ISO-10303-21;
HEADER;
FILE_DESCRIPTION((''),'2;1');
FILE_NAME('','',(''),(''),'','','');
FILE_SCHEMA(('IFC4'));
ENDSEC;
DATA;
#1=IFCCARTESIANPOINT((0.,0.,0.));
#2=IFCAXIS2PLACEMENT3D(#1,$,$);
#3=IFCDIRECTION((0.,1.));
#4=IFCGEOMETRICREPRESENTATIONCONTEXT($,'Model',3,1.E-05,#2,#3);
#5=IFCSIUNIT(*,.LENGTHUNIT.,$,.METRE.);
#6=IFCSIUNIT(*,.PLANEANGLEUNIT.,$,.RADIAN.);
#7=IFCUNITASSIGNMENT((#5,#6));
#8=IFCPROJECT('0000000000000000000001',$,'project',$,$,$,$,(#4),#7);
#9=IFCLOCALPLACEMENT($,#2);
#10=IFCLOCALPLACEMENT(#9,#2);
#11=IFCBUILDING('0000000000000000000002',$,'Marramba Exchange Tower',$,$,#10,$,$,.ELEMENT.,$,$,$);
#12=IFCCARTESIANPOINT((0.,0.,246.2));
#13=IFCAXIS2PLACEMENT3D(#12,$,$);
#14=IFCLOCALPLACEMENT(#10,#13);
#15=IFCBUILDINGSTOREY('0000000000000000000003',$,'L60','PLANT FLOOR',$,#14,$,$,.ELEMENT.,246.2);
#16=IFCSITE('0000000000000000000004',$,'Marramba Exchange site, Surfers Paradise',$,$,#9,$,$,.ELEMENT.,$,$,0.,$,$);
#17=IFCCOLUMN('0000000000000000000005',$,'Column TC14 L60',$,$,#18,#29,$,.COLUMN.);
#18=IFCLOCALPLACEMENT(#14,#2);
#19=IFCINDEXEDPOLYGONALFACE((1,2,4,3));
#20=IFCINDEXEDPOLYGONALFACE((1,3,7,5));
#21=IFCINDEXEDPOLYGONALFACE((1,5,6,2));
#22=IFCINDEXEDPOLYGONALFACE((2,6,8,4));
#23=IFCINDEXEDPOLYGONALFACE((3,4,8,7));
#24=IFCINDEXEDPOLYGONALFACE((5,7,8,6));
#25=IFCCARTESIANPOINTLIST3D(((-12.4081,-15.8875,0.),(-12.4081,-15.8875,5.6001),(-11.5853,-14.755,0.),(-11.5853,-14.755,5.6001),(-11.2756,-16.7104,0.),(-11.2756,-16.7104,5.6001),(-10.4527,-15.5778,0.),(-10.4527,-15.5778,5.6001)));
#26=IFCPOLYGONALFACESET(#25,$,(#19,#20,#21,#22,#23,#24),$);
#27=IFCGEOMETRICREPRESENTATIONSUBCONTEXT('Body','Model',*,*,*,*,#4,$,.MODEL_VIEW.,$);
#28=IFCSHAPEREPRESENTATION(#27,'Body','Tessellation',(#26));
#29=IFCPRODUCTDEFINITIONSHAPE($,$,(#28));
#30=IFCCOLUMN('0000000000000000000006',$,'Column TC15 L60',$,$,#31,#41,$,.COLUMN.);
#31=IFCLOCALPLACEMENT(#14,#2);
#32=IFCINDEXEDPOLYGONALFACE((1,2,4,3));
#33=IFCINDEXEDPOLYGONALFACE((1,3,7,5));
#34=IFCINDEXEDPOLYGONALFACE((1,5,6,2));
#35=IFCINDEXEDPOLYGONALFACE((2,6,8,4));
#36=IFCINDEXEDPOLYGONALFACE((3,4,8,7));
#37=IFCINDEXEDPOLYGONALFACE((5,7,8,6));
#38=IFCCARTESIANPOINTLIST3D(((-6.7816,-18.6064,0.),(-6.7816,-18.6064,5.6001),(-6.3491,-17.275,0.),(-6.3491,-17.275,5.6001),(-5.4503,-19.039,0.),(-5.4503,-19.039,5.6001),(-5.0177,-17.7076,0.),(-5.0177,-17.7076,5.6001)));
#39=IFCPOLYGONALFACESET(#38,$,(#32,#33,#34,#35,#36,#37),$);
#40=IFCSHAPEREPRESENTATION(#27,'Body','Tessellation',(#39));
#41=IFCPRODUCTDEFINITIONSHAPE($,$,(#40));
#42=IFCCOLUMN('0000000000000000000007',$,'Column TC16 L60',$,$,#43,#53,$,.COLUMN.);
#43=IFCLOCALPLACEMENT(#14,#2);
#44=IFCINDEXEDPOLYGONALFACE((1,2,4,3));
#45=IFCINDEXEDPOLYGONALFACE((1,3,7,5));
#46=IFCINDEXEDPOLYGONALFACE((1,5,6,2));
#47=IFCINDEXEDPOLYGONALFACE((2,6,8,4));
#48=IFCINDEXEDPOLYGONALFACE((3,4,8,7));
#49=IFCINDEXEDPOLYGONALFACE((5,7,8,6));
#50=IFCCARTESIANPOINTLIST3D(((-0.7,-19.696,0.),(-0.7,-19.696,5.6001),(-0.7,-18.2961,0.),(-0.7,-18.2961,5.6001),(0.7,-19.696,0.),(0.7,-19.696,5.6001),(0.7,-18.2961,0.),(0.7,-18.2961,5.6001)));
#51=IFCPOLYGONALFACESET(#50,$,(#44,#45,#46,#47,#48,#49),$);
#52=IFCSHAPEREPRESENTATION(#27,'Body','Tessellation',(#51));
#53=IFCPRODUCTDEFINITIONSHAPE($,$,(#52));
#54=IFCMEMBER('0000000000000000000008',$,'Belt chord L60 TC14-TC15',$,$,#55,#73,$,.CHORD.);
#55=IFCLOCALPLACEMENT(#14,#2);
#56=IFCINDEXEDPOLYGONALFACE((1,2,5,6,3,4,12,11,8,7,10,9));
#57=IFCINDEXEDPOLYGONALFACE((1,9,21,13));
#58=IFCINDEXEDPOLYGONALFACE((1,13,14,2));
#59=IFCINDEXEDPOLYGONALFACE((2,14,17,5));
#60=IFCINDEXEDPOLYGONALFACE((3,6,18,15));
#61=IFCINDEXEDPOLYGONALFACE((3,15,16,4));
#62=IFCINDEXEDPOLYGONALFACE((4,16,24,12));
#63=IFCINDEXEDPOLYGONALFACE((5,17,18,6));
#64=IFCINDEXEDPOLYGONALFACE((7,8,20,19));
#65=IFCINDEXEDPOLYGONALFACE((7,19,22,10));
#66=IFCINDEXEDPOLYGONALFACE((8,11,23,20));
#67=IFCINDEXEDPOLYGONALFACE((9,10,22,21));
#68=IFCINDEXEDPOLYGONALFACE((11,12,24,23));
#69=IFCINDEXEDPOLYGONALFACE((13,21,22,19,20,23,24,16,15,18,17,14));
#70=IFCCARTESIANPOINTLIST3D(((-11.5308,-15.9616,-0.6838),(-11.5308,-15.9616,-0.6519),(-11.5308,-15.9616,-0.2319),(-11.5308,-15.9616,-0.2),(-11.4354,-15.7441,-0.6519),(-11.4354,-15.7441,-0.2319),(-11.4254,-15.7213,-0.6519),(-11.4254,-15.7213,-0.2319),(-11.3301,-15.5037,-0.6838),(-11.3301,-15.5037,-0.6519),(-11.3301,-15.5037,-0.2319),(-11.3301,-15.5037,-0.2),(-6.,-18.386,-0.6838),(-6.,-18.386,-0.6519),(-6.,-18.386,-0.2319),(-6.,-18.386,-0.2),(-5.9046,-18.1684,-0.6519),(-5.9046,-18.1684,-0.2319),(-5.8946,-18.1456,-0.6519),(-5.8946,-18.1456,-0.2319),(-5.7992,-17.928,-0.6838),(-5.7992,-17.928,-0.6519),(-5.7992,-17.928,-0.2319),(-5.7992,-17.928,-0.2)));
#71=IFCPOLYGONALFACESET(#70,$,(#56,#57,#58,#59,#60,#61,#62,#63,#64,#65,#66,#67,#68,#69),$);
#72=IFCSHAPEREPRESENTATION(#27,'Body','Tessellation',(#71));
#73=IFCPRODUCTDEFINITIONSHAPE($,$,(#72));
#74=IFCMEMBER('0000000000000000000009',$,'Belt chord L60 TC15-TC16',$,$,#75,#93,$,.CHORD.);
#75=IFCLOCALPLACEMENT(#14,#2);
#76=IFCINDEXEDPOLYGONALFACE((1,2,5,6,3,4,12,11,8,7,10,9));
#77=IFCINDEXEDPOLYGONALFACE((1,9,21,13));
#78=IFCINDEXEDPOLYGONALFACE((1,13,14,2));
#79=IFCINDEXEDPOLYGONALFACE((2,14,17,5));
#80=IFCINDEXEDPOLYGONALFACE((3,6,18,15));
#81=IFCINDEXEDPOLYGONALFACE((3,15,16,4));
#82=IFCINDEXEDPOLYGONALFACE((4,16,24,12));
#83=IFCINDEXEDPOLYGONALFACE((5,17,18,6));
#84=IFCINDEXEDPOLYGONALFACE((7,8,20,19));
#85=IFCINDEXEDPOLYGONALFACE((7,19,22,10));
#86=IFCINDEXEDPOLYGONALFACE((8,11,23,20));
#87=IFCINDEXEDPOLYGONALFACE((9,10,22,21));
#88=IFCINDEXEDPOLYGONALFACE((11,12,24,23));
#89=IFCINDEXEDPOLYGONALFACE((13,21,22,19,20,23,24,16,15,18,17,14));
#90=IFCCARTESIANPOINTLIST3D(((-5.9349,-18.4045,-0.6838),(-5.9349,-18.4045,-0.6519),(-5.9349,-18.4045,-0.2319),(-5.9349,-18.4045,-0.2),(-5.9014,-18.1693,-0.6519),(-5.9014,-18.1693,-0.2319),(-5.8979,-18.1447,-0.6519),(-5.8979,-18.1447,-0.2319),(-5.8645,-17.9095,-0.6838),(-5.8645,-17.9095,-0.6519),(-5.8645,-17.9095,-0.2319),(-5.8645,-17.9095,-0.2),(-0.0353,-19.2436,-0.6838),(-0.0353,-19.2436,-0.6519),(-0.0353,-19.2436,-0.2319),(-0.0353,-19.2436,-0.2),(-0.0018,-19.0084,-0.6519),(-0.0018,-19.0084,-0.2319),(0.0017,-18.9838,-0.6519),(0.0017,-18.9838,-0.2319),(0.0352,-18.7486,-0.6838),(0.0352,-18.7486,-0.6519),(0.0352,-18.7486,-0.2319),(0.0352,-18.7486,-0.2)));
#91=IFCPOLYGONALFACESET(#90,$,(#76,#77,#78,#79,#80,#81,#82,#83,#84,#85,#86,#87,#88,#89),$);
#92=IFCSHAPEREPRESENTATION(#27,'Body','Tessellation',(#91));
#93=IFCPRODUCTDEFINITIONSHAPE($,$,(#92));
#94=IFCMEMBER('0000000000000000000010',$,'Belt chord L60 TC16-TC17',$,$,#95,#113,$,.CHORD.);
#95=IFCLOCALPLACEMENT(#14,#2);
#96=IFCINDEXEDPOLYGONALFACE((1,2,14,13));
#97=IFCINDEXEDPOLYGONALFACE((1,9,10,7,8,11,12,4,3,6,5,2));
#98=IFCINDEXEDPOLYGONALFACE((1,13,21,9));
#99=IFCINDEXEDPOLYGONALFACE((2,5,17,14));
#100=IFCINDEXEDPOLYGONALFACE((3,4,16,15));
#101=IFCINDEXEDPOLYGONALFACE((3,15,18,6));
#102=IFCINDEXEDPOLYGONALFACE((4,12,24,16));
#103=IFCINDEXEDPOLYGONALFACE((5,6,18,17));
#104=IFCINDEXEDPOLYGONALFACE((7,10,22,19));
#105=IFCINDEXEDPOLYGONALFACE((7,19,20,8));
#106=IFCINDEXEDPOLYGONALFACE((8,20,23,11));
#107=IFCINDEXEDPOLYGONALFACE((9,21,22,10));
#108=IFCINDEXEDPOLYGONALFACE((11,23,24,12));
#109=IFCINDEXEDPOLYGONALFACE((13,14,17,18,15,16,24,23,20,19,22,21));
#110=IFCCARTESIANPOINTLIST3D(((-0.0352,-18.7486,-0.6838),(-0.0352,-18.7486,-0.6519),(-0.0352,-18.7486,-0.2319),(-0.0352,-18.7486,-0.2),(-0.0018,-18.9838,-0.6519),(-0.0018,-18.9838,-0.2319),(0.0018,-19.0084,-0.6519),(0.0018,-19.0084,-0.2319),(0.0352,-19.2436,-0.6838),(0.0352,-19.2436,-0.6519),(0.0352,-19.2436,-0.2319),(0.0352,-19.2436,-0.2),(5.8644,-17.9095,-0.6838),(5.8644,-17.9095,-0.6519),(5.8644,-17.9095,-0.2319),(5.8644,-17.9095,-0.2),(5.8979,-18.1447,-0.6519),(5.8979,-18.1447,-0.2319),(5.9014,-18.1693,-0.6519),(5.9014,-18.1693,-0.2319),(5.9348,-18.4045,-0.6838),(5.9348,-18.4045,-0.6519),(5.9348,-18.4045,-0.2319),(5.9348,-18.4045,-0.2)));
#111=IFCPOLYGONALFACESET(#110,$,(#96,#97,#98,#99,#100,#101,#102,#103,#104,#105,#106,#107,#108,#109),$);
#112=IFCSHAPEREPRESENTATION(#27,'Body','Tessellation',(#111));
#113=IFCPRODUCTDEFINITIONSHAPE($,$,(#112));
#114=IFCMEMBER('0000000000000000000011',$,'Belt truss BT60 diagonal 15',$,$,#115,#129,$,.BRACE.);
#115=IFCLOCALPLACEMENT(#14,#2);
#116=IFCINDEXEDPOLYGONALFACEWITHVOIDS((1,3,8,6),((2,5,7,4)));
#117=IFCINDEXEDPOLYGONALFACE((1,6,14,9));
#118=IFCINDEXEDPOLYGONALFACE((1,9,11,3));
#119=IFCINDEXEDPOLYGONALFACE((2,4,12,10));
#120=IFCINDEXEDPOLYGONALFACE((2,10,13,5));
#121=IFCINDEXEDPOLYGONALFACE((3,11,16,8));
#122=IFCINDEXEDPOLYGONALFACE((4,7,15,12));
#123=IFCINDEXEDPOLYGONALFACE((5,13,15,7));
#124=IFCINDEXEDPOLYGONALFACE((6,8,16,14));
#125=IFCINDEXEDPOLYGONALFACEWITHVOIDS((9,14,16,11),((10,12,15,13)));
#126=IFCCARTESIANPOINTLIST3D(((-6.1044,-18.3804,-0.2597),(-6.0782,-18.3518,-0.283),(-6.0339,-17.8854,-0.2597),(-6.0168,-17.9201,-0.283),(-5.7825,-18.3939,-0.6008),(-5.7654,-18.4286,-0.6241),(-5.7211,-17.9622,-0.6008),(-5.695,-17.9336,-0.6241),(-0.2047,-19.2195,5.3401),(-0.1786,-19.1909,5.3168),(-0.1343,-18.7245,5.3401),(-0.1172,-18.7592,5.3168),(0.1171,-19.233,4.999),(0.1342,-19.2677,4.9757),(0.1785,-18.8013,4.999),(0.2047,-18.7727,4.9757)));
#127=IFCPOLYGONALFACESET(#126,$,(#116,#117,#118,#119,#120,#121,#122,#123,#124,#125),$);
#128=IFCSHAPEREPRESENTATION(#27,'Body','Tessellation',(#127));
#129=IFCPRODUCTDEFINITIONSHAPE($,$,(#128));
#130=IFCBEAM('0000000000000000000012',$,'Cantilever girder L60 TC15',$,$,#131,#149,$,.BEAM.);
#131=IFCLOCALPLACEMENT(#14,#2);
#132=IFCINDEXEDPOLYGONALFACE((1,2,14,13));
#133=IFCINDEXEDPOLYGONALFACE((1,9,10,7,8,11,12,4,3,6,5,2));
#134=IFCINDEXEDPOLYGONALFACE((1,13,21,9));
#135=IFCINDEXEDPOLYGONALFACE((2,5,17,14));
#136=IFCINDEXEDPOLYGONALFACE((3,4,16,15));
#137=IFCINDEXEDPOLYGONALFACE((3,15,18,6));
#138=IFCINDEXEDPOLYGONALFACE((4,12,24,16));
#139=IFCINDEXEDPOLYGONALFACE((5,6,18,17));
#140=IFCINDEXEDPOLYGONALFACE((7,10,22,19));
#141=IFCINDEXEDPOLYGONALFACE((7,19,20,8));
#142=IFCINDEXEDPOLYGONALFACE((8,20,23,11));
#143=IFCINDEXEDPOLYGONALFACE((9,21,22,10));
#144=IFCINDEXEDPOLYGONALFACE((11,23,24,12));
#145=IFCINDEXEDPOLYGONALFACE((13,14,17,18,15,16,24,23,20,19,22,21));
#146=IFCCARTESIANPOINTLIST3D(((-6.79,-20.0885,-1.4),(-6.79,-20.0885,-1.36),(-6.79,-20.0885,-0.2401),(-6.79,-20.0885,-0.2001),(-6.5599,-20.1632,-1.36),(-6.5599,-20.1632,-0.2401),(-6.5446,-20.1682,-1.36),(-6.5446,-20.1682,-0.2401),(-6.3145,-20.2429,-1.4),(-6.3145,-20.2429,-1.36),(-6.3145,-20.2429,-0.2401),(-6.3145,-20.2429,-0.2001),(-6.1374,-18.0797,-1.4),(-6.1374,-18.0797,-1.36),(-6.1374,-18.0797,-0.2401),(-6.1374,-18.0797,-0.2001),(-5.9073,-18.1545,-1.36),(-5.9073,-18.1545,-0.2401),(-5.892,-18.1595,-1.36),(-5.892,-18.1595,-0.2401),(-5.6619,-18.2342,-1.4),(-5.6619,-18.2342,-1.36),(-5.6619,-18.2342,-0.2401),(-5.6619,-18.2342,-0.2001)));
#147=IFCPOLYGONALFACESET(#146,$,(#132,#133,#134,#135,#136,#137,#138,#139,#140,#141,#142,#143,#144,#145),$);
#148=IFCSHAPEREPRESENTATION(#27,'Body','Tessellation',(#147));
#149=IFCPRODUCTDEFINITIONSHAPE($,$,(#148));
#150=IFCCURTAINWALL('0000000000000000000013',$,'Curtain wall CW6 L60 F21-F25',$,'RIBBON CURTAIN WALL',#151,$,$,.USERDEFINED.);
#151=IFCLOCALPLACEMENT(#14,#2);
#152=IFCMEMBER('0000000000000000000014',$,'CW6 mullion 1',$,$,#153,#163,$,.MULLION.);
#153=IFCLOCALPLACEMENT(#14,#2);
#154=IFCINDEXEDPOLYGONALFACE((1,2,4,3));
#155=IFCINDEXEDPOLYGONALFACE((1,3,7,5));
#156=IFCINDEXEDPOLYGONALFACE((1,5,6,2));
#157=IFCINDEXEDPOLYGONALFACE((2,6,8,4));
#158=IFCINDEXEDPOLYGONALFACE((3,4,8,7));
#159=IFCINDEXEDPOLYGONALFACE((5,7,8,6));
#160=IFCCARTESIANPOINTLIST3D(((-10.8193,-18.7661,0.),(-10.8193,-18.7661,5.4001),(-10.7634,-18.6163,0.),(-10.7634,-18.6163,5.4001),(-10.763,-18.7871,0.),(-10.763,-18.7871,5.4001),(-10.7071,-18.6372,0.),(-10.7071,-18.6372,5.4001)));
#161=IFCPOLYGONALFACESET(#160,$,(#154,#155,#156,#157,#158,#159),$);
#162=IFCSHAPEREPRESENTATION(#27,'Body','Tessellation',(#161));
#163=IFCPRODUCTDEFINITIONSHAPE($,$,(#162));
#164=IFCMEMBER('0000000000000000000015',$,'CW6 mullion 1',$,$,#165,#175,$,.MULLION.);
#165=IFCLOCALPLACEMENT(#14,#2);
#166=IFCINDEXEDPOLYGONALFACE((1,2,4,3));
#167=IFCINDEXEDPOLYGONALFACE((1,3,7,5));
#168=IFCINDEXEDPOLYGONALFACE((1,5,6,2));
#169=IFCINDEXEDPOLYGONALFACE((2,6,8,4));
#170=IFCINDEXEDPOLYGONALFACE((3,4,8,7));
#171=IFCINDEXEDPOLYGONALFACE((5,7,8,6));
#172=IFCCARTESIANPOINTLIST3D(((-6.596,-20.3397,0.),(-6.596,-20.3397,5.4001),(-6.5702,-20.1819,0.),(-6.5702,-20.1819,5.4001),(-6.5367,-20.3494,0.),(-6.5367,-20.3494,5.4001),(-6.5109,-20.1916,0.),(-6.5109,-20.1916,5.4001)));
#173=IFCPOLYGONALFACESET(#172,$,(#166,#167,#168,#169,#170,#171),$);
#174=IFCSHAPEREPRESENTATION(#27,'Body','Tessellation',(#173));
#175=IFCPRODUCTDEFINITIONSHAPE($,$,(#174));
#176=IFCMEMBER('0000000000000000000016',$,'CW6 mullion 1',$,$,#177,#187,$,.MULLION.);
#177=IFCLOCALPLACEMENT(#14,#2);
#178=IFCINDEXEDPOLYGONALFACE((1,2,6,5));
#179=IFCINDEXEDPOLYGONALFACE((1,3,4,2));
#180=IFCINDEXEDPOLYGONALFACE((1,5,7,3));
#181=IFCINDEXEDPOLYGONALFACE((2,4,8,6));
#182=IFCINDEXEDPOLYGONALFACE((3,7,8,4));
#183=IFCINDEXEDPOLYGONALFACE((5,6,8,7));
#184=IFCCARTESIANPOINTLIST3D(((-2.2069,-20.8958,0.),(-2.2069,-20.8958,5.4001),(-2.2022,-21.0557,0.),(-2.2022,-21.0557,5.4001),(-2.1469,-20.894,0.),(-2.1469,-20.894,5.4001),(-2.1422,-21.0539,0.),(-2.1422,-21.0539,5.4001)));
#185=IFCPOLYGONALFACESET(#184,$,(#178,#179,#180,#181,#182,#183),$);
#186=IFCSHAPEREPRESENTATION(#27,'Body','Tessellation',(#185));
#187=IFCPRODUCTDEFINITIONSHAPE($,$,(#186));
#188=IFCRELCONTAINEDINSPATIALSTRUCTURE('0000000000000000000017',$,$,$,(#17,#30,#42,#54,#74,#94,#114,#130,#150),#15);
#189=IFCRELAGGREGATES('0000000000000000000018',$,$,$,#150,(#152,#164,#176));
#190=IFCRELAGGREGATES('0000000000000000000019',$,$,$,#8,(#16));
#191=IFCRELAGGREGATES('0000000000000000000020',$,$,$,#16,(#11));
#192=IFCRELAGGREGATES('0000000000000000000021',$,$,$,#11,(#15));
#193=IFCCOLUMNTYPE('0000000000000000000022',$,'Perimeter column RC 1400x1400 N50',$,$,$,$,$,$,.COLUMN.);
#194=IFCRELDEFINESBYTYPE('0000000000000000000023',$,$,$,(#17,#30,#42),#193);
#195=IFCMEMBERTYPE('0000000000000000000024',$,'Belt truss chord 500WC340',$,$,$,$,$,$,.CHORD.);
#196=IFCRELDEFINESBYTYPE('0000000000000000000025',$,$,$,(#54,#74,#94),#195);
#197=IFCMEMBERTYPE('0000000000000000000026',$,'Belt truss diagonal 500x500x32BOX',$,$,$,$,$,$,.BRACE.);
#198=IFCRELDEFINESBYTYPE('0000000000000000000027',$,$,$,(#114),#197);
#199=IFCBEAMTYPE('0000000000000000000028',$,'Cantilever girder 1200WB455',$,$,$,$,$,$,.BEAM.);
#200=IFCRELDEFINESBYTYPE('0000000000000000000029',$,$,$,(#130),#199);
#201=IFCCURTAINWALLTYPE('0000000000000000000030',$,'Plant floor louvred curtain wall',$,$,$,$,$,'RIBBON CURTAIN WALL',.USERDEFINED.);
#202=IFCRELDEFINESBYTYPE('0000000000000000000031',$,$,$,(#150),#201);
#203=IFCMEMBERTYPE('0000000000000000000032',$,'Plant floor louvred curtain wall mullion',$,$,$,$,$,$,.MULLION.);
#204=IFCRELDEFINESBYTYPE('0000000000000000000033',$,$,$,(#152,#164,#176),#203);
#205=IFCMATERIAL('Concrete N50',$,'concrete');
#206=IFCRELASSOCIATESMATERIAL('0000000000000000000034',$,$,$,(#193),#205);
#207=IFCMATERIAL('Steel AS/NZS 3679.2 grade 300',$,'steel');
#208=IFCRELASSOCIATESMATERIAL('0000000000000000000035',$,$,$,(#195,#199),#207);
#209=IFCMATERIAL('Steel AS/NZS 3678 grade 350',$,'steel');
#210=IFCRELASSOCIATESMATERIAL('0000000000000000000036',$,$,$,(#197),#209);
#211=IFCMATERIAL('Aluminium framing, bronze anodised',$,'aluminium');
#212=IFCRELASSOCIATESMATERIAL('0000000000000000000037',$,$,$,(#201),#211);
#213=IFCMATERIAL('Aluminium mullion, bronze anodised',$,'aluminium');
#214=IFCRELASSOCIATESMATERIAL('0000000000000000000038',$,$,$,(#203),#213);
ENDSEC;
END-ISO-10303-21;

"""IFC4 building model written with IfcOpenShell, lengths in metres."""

from ifc_helpers import new_model, si_unit, direction, frame, origin, origin_2d, place, context, subcontext, project, spatial, rectangle, hollow_rectangle, i_section, extrude, material, material_profile, profile_set, type_object, element, aggregate, save


model = new_model("IFC4")

# Units and contexts
model_context = context("Model", 3, precision=1e-05, world=origin(), true_north=direction((0.0, 1.0)))
body_context = subcontext(model_context, "Body", "Model", "MODEL_VIEW")
ifc_project = project(units=[si_unit("LENGTHUNIT", "METRE"), si_unit("PLANEANGLEUNIT", "RADIAN")], contexts=[model_context])

# Site, building, storey
site_placement = place(None, origin())
site = spatial("IfcSite", under=ifc_project, at=site_placement, Name="Marramba Exchange site, Surfers Paradise", CompositionType="ELEMENT", RefElevation=0.0)
building_placement = place(site_placement, origin())
building = spatial("IfcBuilding", under=site, at=building_placement, Name="Marramba Exchange Tower", CompositionType="ELEMENT")
storey_placement = place(building_placement, frame((0.0, 0.0, 246.2)))
storey = spatial("IfcBuildingStorey", under=building, at=storey_placement, Name="L60", Description="PLANT FLOOR", CompositionType="ELEMENT", Elevation=246.2)

# Columns
ifc_material_1 = material(Name="Concrete N50", Category="concrete")
ifc_material_profile_1 = material_profile(ifc_material_1, rectangle(XDim=1.3999, YDim=1.3999, at=origin_2d()), Name="RC 1400x1400")
ifc_profile_set_1 = profile_set([ifc_material_profile_1], Name="Concrete N50")
column_type = type_object("IfcColumnType", Name="Perimeter column RC 1400x1400 N50", PredefinedType="COLUMN", material=ifc_profile_set_1)
for number, where, z_axis, x_axis, name in (
    (1, (-11.4304, -15.7327, 0.0), (0.0, 0.0, 1.0), (-0.587785, -0.809017, 0.0), "Column TC14 L60"),
    (2, (-5.8997, -18.157, 0.0), (0.0, 0.0, 1.0), (-0.309017, -0.951057, 0.0), "Column TC15 L60"),
    (3, (0.0, -18.9961, 0.0), (0.0, 0.0, 1.0), (0.0, -1.0, 0.0), "Column TC16 L60"),
):
    element("IfcColumn", number, at=place(storey_placement, frame(where, z_axis=z_axis, x_axis=x_axis)), inside=storey, type_object=column_type, Name=name, PredefinedType="COLUMN", context=body_context, shape_type="SweptSolid", body=[
        extrude(rectangle(XDim=1.3999, YDim=1.3999, at=origin_2d()), origin(), (0.0, 0.0, 1.0), 5.6001),
    ])

# Members
ifc_material_2 = material(Name="Steel AS/NZS 3679.2 grade 300", Category="steel")
ifc_material_profile_2 = material_profile(ifc_material_2, i_section(OverallWidth=0.5, OverallDepth=0.4839, WebThickness=0.0249, FlangeThickness=0.032, at=origin_2d()), Name="500WC340")
ifc_profile_set_2 = profile_set([ifc_material_profile_2], Name="Steel AS/NZS 3679.2 grade 300")
member_type_1 = type_object("IfcMemberType", Name="Belt truss chord 500WC340", PredefinedType="CHORD", material=ifc_profile_set_2)
member_1_placement = place(storey_placement, frame((-11.4304, -15.7327, -0.4419), z_axis=(0.915877, -0.401459, 0.0), x_axis=(0.401459, 0.915877, 0.0)))
element("IfcMember", 4, at=member_1_placement, inside=storey, type_object=member_type_1, Name="Belt chord L60 TC14-TC15", PredefinedType="CHORD", context=body_context, shape_type="SweptSolid", body=[
    extrude(i_section(OverallWidth=0.5, OverallDepth=0.4839, WebThickness=0.0249, FlangeThickness=0.032, at=origin_2d()), origin(), (0.0, 0.0, 1.0), 6.0388),
])
for number, where, z_axis, x_axis, name in (
    (5, (-5.8997, -18.157, -0.4419), (0.990036, -0.140813, 0.0), (0.140813, 0.990036, 0.0), "Belt chord L60 TC15-TC16"),
    (6, (0.0, -18.9961, -0.4419), (0.990036, 0.140813, 0.0), (-0.140813, 0.990036, 0.0), "Belt chord L60 TC16-TC17"),
):
    element("IfcMember", number, at=place(storey_placement, frame(where, z_axis=z_axis, x_axis=x_axis)), inside=storey, type_object=member_type_1, Name=name, PredefinedType="CHORD", context=body_context, shape_type="SweptSolid", body=[
        extrude(i_section(OverallWidth=0.5, OverallDepth=0.4839, WebThickness=0.0249, FlangeThickness=0.032, at=origin_2d()), origin(), (0.0, 0.0, 1.0), 5.959),
    ])
ifc_material_3 = material(Name="Steel AS/NZS 3678 grade 350", Category="steel")
ifc_material_profile_3 = material_profile(ifc_material_3, hollow_rectangle(XDim=0.5, YDim=0.5, WallThickness=0.032, at=origin_2d()), Name="500x500x32BOX")
ifc_profile_set_3 = profile_set([ifc_material_profile_3], Name="Steel AS/NZS 3678 grade 350")
member_type_2 = type_object("IfcMemberType", Name="Belt truss diagonal 500x500x32BOX", PredefinedType="BRACE", material=ifc_profile_set_3)
member_2_placement = place(storey_placement, frame((-5.8997, -18.157, -0.4419), z_axis=(0.721467, -0.102615, 0.684804), x_axis=(0.140813, 0.990036, 0.0)))
element("IfcMember", 7, at=member_2_placement, inside=storey, type_object=member_type_2, Name="Belt truss BT60 diagonal 15", PredefinedType="BRACE", context=body_context, shape_type="SweptSolid", body=[
    extrude(hollow_rectangle(XDim=0.5, YDim=0.5, WallThickness=0.032, at=origin_2d()), origin(), (0.0, 0.0, 1.0), 8.1772),
])

# Beam
ifc_material_profile_4 = material_profile(ifc_material_2, i_section(OverallWidth=0.5, OverallDepth=1.2, WebThickness=0.0161, FlangeThickness=0.04, at=origin_2d()), Name="1200WB455")
ifc_profile_set_4 = profile_set([ifc_material_profile_4], Name="Steel AS/NZS 3679.2 grade 300")
beam_type_1 = type_object("IfcBeamType", Name="Cantilever girder 1200WB455", PredefinedType="BEAM", material=ifc_profile_set_4)
beam_1_placement = place(storey_placement, frame((-5.8997, -18.157, -0.8), z_axis=(-0.308971, -0.951071, 0.0), x_axis=(0.951071, -0.308971, 0.0)))
element("IfcBeam", 8, at=beam_1_placement, inside=storey, type_object=beam_type_1, Name="Cantilever girder L60 TC15", PredefinedType="BEAM", context=body_context, shape_type="SweptSolid", body=[
    extrude(i_section(OverallWidth=0.5, OverallDepth=1.2, WebThickness=0.0161, FlangeThickness=0.04, at=origin_2d()), origin(), (0.0, 0.0, 1.0), 2.1121),
])

# Curtain wall, members
ifc_material_4 = material(Name="Aluminium framing, bronze anodised", Category="aluminium")
curtain_wall_type = type_object("IfcCurtainWallType", Name="Plant floor louvred curtain wall", ElementType="RIBBON CURTAIN WALL", PredefinedType="USERDEFINED", material=ifc_material_4)
curtain_wall_1_placement = place(storey_placement, origin())
curtain_wall_1 = element("IfcCurtainWall", 9, at=curtain_wall_1_placement, inside=storey, type_object=curtain_wall_type, Name="Curtain wall CW6 L60 F21-F25", ObjectType="RIBBON CURTAIN WALL", PredefinedType="USERDEFINED")
ifc_material_5 = material(Name="Aluminium mullion, bronze anodised", Category="aluminium")
ifc_material_profile_5 = material_profile(ifc_material_5, rectangle(XDim=0.1599, YDim=0.0601, at=origin_2d()), Name="CW6 mullion 60x160")
ifc_profile_set_5 = profile_set([ifc_material_profile_5], Name="Aluminium mullion, bronze anodised")
member_type_3 = type_object("IfcMemberType", Name="Plant floor louvred curtain wall mullion", PredefinedType="MULLION", material=ifc_profile_set_5)
member_3_placement = place(storey_placement, frame((-10.7632, -18.7017, 0.0), z_axis=(0.0, 0.0, 1.0), x_axis=(0.349459, 0.936952, 0.0)))
member_3 = element("IfcMember", 10, at=member_3_placement, type_object=member_type_3, Name="CW6 mullion 1", PredefinedType="MULLION", context=body_context, shape_type="SweptSolid", body=[
    extrude(rectangle(XDim=0.1599, YDim=0.0601, at=origin_2d()), origin(), (0.0, 0.0, 1.0), 5.4001),
])
member_4_placement = place(storey_placement, frame((-6.5535, -20.2656, 0.0), z_axis=(0.0, 0.0, 1.0), x_axis=(0.161146, 0.986931, 0.0)))
member_4 = element("IfcMember", 11, at=member_4_placement, type_object=member_type_3, Name="CW6 mullion 1", PredefinedType="MULLION", context=body_context, shape_type="SweptSolid", body=[
    extrude(rectangle(XDim=0.1599, YDim=0.0601, at=origin_2d()), origin(), (0.0, 0.0, 1.0), 5.4001),
])
member_5_placement = place(storey_placement, frame((-2.1746, -20.9749, 0.0), z_axis=(0.0, 0.0, 1.0), x_axis=(-0.029393, 0.999568, 0.0)))
member_5 = element("IfcMember", 12, at=member_5_placement, type_object=member_type_3, Name="CW6 mullion 1", PredefinedType="MULLION", context=body_context, shape_type="SweptSolid", body=[
    extrude(rectangle(XDim=0.1599, YDim=0.0601, at=origin_2d()), origin(), (0.0, 0.0, 1.0), 5.4001),
])

aggregate(curtain_wall_1, [member_3, member_4, member_5])

save(model, "model.ifc")
